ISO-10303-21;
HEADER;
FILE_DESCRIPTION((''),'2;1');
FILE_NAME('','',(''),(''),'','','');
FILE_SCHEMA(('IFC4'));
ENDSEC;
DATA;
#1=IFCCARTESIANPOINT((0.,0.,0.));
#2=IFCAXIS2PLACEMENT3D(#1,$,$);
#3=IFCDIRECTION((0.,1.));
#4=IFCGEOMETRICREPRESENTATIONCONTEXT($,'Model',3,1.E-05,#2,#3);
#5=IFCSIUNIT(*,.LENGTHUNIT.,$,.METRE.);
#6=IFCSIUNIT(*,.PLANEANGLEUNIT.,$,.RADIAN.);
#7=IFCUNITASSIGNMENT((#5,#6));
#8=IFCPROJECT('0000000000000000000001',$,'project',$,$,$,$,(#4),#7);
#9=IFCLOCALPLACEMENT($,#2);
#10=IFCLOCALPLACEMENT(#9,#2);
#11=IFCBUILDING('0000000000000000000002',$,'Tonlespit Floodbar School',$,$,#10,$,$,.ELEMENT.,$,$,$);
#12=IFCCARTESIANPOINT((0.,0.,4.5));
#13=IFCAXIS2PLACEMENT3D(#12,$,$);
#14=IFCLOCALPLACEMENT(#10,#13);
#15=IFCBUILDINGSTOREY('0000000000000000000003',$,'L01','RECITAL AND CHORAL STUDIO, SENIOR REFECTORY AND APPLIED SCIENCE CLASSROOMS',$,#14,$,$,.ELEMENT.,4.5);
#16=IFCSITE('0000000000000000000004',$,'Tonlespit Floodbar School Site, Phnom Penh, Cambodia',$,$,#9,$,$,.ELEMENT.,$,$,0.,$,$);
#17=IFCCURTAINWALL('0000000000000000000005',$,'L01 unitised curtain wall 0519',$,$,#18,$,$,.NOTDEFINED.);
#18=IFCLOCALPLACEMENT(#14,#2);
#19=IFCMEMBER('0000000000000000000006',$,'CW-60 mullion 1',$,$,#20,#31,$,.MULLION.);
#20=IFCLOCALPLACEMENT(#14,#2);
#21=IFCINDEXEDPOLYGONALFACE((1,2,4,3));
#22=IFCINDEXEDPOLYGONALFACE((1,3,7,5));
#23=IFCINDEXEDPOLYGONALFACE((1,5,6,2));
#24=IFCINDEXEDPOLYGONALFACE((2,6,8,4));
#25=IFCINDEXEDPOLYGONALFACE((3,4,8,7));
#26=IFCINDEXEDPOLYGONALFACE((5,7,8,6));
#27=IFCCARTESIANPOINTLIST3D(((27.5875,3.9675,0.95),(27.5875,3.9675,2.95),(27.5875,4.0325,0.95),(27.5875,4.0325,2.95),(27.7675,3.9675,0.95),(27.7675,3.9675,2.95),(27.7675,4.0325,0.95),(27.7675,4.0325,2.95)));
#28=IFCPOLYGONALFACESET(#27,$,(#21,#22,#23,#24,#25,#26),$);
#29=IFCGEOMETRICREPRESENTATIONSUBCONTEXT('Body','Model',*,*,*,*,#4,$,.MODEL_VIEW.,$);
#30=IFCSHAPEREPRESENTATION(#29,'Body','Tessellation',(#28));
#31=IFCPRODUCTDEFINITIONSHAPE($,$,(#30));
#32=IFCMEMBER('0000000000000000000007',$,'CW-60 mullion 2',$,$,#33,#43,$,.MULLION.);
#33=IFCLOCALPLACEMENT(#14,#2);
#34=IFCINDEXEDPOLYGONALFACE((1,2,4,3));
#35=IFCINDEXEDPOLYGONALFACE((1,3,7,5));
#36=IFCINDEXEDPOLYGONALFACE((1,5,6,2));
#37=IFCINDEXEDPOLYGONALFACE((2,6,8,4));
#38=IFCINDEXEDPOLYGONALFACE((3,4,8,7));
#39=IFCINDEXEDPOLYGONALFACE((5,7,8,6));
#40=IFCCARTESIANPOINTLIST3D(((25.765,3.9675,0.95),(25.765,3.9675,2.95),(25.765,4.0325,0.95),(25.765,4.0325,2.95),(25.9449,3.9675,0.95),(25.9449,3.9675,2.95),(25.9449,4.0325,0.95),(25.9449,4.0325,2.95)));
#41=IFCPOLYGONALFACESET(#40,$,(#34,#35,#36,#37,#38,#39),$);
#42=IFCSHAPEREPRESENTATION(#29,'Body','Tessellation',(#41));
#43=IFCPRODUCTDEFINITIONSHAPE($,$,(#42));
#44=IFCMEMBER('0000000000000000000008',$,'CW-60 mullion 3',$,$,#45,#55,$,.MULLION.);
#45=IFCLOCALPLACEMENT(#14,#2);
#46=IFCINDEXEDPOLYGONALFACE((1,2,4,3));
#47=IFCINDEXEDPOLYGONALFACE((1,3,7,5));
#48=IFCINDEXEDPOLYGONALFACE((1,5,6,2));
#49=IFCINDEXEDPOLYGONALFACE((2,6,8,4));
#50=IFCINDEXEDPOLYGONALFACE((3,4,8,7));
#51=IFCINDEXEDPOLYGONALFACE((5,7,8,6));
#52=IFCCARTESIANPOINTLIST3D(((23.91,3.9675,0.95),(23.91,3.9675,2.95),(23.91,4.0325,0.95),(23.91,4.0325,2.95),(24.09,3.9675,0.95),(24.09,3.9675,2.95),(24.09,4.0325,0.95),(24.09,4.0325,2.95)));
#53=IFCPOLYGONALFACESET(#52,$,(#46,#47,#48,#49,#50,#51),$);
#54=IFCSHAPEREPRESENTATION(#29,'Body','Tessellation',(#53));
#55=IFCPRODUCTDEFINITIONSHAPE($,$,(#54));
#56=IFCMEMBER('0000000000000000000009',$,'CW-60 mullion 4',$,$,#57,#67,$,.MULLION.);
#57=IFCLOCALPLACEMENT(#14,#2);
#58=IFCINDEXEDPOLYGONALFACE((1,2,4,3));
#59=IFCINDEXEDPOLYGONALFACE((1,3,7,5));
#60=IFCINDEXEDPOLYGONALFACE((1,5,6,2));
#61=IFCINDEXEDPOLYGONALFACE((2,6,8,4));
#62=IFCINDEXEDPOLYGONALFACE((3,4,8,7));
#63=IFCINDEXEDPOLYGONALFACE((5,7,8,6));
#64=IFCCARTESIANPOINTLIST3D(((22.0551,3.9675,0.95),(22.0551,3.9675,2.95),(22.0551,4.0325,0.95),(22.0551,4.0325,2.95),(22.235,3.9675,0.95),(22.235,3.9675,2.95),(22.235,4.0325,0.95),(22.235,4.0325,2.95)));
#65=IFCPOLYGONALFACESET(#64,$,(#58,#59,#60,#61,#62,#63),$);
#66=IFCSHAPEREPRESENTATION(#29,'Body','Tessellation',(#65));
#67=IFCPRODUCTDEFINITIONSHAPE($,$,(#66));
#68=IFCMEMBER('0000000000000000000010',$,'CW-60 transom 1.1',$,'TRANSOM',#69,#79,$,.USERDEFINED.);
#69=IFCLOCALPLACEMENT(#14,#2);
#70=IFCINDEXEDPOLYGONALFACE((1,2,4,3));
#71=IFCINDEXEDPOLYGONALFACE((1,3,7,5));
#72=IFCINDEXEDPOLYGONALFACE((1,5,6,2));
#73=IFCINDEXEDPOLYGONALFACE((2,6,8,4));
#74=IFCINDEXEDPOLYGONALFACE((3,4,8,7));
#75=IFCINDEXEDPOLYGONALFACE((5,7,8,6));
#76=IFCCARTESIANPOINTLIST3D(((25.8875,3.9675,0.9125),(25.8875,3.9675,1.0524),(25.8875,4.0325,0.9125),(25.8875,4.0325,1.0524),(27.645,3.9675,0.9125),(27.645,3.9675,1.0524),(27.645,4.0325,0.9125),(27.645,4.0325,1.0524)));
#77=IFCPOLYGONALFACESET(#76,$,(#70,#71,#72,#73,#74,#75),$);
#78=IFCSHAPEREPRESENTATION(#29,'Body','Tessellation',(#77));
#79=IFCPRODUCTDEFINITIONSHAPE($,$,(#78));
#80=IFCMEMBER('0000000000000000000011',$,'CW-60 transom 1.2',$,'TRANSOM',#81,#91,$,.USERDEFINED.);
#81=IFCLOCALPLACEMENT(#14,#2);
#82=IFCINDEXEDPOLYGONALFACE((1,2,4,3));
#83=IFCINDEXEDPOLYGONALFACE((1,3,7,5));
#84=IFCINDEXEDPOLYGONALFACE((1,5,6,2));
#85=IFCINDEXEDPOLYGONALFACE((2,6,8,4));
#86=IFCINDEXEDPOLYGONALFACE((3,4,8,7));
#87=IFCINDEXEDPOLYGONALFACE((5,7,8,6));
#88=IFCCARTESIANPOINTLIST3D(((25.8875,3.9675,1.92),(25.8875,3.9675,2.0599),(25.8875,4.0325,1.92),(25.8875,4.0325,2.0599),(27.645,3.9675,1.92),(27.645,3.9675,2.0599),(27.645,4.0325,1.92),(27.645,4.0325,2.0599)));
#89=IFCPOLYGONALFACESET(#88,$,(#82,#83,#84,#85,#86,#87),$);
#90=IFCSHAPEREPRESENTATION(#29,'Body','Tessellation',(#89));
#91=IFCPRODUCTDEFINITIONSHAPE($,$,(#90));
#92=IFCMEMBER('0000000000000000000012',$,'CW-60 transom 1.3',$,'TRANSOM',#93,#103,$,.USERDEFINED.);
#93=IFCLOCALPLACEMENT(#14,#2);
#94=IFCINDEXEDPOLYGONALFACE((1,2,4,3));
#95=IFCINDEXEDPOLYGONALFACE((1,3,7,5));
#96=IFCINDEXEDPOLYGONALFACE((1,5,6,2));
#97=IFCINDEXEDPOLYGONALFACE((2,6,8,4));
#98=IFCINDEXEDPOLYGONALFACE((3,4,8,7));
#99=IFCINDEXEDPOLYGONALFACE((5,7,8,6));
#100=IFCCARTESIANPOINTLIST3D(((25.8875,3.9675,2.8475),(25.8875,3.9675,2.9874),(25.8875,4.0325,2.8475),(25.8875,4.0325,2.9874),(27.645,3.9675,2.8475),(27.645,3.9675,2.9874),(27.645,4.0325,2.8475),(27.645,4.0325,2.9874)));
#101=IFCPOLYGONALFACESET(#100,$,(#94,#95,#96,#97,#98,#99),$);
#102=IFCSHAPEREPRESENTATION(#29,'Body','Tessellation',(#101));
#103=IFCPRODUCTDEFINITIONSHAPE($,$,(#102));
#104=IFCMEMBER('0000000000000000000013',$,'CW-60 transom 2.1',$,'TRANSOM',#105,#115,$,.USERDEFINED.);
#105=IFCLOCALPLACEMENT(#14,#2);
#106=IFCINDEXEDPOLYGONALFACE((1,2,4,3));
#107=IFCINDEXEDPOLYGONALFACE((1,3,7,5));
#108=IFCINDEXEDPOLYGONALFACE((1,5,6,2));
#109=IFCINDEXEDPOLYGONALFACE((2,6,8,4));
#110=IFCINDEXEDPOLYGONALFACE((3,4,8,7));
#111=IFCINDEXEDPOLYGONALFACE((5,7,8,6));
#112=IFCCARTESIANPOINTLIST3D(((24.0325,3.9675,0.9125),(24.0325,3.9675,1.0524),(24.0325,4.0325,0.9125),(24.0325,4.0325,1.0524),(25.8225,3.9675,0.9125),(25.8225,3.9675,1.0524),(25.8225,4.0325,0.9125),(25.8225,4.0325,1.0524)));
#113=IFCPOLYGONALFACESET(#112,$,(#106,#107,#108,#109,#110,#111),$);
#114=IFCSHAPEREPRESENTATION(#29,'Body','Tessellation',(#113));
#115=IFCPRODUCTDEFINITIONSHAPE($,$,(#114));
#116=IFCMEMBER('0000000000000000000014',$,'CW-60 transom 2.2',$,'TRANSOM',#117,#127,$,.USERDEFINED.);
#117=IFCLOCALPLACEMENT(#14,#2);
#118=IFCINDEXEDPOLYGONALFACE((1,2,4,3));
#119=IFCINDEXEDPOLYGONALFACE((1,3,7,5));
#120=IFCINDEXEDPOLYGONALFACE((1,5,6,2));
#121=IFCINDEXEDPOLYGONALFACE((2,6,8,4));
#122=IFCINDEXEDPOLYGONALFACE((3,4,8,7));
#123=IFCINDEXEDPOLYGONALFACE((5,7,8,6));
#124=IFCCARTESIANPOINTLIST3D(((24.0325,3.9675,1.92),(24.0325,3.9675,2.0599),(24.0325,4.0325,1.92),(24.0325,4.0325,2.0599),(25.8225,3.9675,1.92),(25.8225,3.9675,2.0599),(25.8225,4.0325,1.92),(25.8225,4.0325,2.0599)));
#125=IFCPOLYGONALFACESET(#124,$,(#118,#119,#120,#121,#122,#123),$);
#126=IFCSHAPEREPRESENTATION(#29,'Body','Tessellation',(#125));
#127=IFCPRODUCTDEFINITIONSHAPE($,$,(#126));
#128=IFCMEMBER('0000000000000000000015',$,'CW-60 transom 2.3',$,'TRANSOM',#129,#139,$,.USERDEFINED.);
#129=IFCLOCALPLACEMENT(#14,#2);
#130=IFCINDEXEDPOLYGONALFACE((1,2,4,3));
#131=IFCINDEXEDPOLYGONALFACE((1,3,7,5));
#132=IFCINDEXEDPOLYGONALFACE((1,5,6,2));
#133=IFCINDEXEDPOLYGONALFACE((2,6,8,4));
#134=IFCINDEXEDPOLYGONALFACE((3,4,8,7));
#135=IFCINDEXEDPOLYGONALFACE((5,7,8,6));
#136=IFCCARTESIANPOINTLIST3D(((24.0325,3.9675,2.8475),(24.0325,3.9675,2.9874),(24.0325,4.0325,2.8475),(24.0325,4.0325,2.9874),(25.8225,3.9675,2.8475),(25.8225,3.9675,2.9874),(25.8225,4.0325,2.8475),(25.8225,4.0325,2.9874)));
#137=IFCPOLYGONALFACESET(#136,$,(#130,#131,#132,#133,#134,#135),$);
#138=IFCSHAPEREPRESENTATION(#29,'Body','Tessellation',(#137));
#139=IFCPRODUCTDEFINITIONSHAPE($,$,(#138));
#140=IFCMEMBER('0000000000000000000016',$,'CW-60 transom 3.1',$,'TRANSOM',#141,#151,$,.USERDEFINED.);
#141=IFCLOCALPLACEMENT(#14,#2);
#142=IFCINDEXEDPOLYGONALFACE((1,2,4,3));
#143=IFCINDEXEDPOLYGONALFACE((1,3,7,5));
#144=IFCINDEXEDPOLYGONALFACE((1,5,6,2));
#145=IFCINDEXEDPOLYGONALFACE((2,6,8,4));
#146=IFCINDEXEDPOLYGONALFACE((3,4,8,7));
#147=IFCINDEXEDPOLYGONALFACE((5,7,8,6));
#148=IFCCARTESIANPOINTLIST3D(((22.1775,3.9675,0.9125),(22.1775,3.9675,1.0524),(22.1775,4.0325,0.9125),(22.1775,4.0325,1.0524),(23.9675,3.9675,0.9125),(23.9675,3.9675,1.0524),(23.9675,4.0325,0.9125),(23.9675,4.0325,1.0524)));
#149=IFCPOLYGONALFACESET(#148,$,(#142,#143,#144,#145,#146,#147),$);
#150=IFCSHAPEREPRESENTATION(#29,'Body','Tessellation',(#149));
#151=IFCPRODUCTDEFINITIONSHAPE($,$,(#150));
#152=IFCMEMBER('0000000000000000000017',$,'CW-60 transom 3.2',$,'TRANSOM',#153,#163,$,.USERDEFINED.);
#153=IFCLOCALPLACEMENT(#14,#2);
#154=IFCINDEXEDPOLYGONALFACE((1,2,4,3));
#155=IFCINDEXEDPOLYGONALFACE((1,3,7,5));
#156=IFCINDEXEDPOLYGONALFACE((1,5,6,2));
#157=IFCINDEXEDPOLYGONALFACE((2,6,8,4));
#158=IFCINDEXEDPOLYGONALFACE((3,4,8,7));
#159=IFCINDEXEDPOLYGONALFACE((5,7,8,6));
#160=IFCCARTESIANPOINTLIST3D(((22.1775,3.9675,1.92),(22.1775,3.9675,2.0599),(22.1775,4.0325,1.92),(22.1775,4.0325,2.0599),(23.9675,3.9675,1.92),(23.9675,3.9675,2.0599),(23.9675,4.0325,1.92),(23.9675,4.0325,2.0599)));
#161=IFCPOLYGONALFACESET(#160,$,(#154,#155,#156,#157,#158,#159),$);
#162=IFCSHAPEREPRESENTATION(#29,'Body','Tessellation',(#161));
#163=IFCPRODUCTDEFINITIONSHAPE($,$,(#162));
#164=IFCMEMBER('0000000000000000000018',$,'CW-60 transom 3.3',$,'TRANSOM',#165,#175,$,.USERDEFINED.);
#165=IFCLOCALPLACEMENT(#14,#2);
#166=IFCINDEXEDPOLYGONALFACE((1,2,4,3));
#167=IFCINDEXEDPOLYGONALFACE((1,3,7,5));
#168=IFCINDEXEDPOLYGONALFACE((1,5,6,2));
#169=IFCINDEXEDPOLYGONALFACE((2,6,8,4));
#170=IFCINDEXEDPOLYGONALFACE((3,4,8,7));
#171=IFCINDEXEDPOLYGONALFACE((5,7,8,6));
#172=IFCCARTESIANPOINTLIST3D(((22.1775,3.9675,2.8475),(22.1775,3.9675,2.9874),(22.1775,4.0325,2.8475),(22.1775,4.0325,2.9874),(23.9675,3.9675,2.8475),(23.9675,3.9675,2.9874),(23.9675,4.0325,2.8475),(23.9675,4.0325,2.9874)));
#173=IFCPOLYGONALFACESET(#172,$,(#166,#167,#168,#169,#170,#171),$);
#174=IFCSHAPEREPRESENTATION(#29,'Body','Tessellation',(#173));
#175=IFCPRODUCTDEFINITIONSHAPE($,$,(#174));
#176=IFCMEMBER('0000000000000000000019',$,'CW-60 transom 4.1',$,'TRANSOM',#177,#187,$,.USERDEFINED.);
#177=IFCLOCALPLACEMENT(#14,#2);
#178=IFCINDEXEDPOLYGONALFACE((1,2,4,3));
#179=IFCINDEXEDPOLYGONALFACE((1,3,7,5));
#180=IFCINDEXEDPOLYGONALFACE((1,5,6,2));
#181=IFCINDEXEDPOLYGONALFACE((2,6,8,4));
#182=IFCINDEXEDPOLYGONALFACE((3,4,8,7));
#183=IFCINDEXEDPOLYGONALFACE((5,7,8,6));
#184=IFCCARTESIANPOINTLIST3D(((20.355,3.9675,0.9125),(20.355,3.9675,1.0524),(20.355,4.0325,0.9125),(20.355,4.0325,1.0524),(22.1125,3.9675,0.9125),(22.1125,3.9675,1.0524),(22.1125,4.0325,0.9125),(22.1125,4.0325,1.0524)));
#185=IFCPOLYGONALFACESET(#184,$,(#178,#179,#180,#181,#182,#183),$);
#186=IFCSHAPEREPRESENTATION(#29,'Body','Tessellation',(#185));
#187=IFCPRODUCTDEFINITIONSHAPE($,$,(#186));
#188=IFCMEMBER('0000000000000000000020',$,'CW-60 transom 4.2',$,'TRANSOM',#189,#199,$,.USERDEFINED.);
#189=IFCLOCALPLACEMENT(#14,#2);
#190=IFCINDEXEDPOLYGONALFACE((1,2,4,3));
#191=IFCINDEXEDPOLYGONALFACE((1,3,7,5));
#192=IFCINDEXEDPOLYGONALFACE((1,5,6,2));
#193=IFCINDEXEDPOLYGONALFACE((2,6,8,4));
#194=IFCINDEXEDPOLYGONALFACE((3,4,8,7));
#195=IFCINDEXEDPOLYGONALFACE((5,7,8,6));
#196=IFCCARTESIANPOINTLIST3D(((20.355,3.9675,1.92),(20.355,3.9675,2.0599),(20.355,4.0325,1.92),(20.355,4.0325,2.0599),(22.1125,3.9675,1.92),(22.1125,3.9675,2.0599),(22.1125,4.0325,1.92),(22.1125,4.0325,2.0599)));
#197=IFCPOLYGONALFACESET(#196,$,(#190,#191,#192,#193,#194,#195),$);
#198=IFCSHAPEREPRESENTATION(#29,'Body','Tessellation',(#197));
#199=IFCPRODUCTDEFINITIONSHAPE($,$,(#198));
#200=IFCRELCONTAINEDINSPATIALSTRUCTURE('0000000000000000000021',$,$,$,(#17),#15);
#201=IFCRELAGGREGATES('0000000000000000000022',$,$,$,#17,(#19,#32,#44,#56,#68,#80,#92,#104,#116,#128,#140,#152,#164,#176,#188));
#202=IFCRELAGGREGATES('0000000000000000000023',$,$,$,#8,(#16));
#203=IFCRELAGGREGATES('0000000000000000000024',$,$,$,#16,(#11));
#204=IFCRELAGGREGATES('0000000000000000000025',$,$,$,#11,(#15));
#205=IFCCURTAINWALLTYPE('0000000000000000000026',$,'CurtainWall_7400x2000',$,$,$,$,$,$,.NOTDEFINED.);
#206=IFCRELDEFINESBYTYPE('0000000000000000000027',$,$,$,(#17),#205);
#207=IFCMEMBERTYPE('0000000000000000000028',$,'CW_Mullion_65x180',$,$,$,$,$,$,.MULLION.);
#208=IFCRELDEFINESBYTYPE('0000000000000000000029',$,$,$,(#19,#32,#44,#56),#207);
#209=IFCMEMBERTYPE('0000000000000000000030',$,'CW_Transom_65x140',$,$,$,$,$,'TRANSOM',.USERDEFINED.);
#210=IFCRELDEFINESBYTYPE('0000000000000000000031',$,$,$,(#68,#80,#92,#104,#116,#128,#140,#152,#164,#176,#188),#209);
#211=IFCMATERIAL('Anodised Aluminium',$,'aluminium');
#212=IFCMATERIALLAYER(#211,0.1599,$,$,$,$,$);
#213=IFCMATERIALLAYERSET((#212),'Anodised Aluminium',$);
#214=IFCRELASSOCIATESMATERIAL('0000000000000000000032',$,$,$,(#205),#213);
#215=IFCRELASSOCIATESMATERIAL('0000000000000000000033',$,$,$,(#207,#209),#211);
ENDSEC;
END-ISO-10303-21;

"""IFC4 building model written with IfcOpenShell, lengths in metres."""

from ifc_helpers import new_model, si_unit, direction, frame, origin, origin_2d, place, context, subcontext, project, spatial, rectangle, extrude, material, layer, layer_set, material_profile, profile_set, type_object, element, aggregate, save


model = new_model("IFC4")

# Units and contexts
model_context = context("Model", 3, precision=1e-05, world=origin(), true_north=direction((0.0, 1.0)))
body_context = subcontext(model_context, "Body", "Model", "MODEL_VIEW")
ifc_project = project(units=[si_unit("LENGTHUNIT", "METRE"), si_unit("PLANEANGLEUNIT", "RADIAN")], contexts=[model_context])

# Site, building, storey
site_placement = place(None, origin())
site = spatial("IfcSite", under=ifc_project, at=site_placement, Name="Tonlespit Floodbar School Site, Phnom Penh, Cambodia", CompositionType="ELEMENT", RefElevation=0.0)
building_placement = place(site_placement, origin())
building = spatial("IfcBuilding", under=site, at=building_placement, Name="Tonlespit Floodbar School", CompositionType="ELEMENT")
storey_placement = place(building_placement, frame((0.0, 0.0, 4.5)))
storey = spatial("IfcBuildingStorey", under=building, at=storey_placement, Name="L01", Description="RECITAL AND CHORAL STUDIO, SENIOR REFECTORY AND APPLIED SCIENCE CLASSROOMS", CompositionType="ELEMENT", Elevation=4.5)

# Curtain wall, members
ifc_material_1 = material(Name="Anodised Aluminium", Category="aluminium")
ifc_layer_1 = layer(ifc_material_1, 0.1599)
ifc_layer_set_1 = layer_set([ifc_layer_1], Name="Anodised Aluminium")
curtain_wall_type = type_object("IfcCurtainWallType", Name="CurtainWall_7400x2000", PredefinedType="NOTDEFINED", material=ifc_layer_set_1)
curtain_wall_placement = place(storey_placement, origin())
curtain_wall = element("IfcCurtainWall", 1, at=curtain_wall_placement, inside=storey, type_object=curtain_wall_type, Name="L01 unitised curtain wall 0519", PredefinedType="NOTDEFINED")
ifc_material_profile_1 = material_profile(ifc_material_1, rectangle(XDim=0.0649, YDim=0.1799, at=origin_2d()), Name="ALU M65x180")
ifc_profile_set_1 = profile_set([ifc_material_profile_1], Name="Anodised Aluminium")
member_type_1 = type_object("IfcMemberType", Name="CW_Mullion_65x180", PredefinedType="MULLION", material=ifc_profile_set_1)
member_1_placement = place(storey_placement, frame((27.6775, 4.0, 0.95), z_axis=(0.0, 0.0, 1.0), x_axis=(0.0, -1.0, 0.0)))
member_1 = element("IfcMember", 2, at=member_1_placement, type_object=member_type_1, Name="CW-60 mullion 1", PredefinedType="MULLION", context=body_context, shape_type="SweptSolid", body=[
    extrude(rectangle(XDim=0.0649, YDim=0.1799, at=origin_2d()), origin(), (0.0, 0.0, 1.0), 2.0),
])
member_2_placement = place(storey_placement, frame((25.855, 4.0, 0.95), z_axis=(0.0, 0.0, 1.0), x_axis=(0.0, -1.0, 0.0)))
member_2 = element("IfcMember", 3, at=member_2_placement, type_object=member_type_1, Name="CW-60 mullion 2", PredefinedType="MULLION", context=body_context, shape_type="SweptSolid", body=[
    extrude(rectangle(XDim=0.0649, YDim=0.1799, at=origin_2d()), origin(), (0.0, 0.0, 1.0), 2.0),
])
member_3_placement = place(storey_placement, frame((24.0, 4.0, 0.95), z_axis=(0.0, 0.0, 1.0), x_axis=(0.0, -1.0, 0.0)))
member_3 = element("IfcMember", 4, at=member_3_placement, type_object=member_type_1, Name="CW-60 mullion 3", PredefinedType="MULLION", context=body_context, shape_type="SweptSolid", body=[
    extrude(rectangle(XDim=0.0649, YDim=0.1799, at=origin_2d()), origin(), (0.0, 0.0, 1.0), 2.0),
])
member_4_placement = place(storey_placement, frame((22.145, 4.0, 0.95), z_axis=(0.0, 0.0, 1.0), x_axis=(0.0, -1.0, 0.0)))
member_4 = element("IfcMember", 5, at=member_4_placement, type_object=member_type_1, Name="CW-60 mullion 4", PredefinedType="MULLION", context=body_context, shape_type="SweptSolid", body=[
    extrude(rectangle(XDim=0.0649, YDim=0.1799, at=origin_2d()), origin(), (0.0, 0.0, 1.0), 2.0),
])
ifc_material_profile_2 = material_profile(ifc_material_1, rectangle(XDim=0.0649, YDim=0.1399, at=origin_2d()), Name="ALU T65x140")
ifc_profile_set_2 = profile_set([ifc_material_profile_2], Name="Anodised Aluminium")
member_type_2 = type_object("IfcMemberType", Name="CW_Transom_65x140", ElementType="TRANSOM", PredefinedType="USERDEFINED", material=ifc_profile_set_2)
member_5_placement = place(storey_placement, frame((27.645, 4.0, 0.9824), z_axis=(-1.0, 0.0, 0.0), x_axis=(0.0, -1.0, 0.0)))
member_5 = element("IfcMember", 6, at=member_5_placement, type_object=member_type_2, Name="CW-60 transom 1.1", ObjectType="TRANSOM", PredefinedType="USERDEFINED", context=body_context, shape_type="SweptSolid", body=[
    extrude(rectangle(XDim=0.0649, YDim=0.1399, at=origin_2d()), origin(), (0.0, 0.0, 1.0), 1.7576),
])
member_6_placement = place(storey_placement, frame((27.645, 4.0, 1.99), z_axis=(-1.0, 0.0, 0.0), x_axis=(0.0, -1.0, 0.0)))
member_6 = element("IfcMember", 7, at=member_6_placement, type_object=member_type_2, Name="CW-60 transom 1.2", ObjectType="TRANSOM", PredefinedType="USERDEFINED", context=body_context, shape_type="SweptSolid", body=[
    extrude(rectangle(XDim=0.0649, YDim=0.1399, at=origin_2d()), origin(), (0.0, 0.0, 1.0), 1.7576),
])
member_7_placement = place(storey_placement, frame((27.645, 4.0, 2.9175), z_axis=(-1.0, 0.0, 0.0), x_axis=(0.0, -1.0, 0.0)))
member_7 = element("IfcMember", 8, at=member_7_placement, type_object=member_type_2, Name="CW-60 transom 1.3", ObjectType="TRANSOM", PredefinedType="USERDEFINED", context=body_context, shape_type="SweptSolid", body=[
    extrude(rectangle(XDim=0.0649, YDim=0.1399, at=origin_2d()), origin(), (0.0, 0.0, 1.0), 1.7576),
])
member_8_placement = place(storey_placement, frame((25.8225, 4.0, 0.9824), z_axis=(-1.0, 0.0, 0.0), x_axis=(0.0, -1.0, 0.0)))
member_8 = element("IfcMember", 9, at=member_8_placement, type_object=member_type_2, Name="CW-60 transom 2.1", ObjectType="TRANSOM", PredefinedType="USERDEFINED", context=body_context, shape_type="SweptSolid", body=[
    extrude(rectangle(XDim=0.0649, YDim=0.1399, at=origin_2d()), origin(), (0.0, 0.0, 1.0), 1.79),
])
member_9_placement = place(storey_placement, frame((25.8225, 4.0, 1.99), z_axis=(-1.0, 0.0, 0.0), x_axis=(0.0, -1.0, 0.0)))
member_9 = element("IfcMember", 10, at=member_9_placement, type_object=member_type_2, Name="CW-60 transom 2.2", ObjectType="TRANSOM", PredefinedType="USERDEFINED", context=body_context, shape_type="SweptSolid", body=[
    extrude(rectangle(XDim=0.0649, YDim=0.1399, at=origin_2d()), origin(), (0.0, 0.0, 1.0), 1.79),
])
member_10_placement = place(storey_placement, frame((25.8225, 4.0, 2.9175), z_axis=(-1.0, 0.0, 0.0), x_axis=(0.0, -1.0, 0.0)))
member_10 = element("IfcMember", 11, at=member_10_placement, type_object=member_type_2, Name="CW-60 transom 2.3", ObjectType="TRANSOM", PredefinedType="USERDEFINED", context=body_context, shape_type="SweptSolid", body=[
    extrude(rectangle(XDim=0.0649, YDim=0.1399, at=origin_2d()), origin(), (0.0, 0.0, 1.0), 1.79),
])
member_11_placement = place(storey_placement, frame((23.9675, 4.0, 0.9824), z_axis=(-1.0, 0.0, 0.0), x_axis=(0.0, -1.0, 0.0)))
member_11 = element("IfcMember", 12, at=member_11_placement, type_object=member_type_2, Name="CW-60 transom 3.1", ObjectType="TRANSOM", PredefinedType="USERDEFINED", context=body_context, shape_type="SweptSolid", body=[
    extrude(rectangle(XDim=0.0649, YDim=0.1399, at=origin_2d()), origin(), (0.0, 0.0, 1.0), 1.79),
])
member_12_placement = place(storey_placement, frame((23.9675, 4.0, 1.99), z_axis=(-1.0, 0.0, 0.0), x_axis=(0.0, -1.0, 0.0)))
member_12 = element("IfcMember", 13, at=member_12_placement, type_object=member_type_2, Name="CW-60 transom 3.2", ObjectType="TRANSOM", PredefinedType="USERDEFINED", context=body_context, shape_type="SweptSolid", body=[
    extrude(rectangle(XDim=0.0649, YDim=0.1399, at=origin_2d()), origin(), (0.0, 0.0, 1.0), 1.79),
])
member_13_placement = place(storey_placement, frame((23.9675, 4.0, 2.9175), z_axis=(-1.0, 0.0, 0.0), x_axis=(0.0, -1.0, 0.0)))
member_13 = element("IfcMember", 14, at=member_13_placement, type_object=member_type_2, Name="CW-60 transom 3.3", ObjectType="TRANSOM", PredefinedType="USERDEFINED", context=body_context, shape_type="SweptSolid", body=[
    extrude(rectangle(XDim=0.0649, YDim=0.1399, at=origin_2d()), origin(), (0.0, 0.0, 1.0), 1.79),
])
member_14_placement = place(storey_placement, frame((22.1125, 4.0, 0.9824), z_axis=(-1.0, 0.0, 0.0), x_axis=(0.0, -1.0, 0.0)))
member_14 = element("IfcMember", 15, at=member_14_placement, type_object=member_type_2, Name="CW-60 transom 4.1", ObjectType="TRANSOM", PredefinedType="USERDEFINED", context=body_context, shape_type="SweptSolid", body=[
    extrude(rectangle(XDim=0.0649, YDim=0.1399, at=origin_2d()), origin(), (0.0, 0.0, 1.0), 1.7576),
])
member_15_placement = place(storey_placement, frame((22.1125, 4.0, 1.99), z_axis=(-1.0, 0.0, 0.0), x_axis=(0.0, -1.0, 0.0)))
member_15 = element("IfcMember", 16, at=member_15_placement, type_object=member_type_2, Name="CW-60 transom 4.2", ObjectType="TRANSOM", PredefinedType="USERDEFINED", context=body_context, shape_type="SweptSolid", body=[
    extrude(rectangle(XDim=0.0649, YDim=0.1399, at=origin_2d()), origin(), (0.0, 0.0, 1.0), 1.7576),
])

aggregate(curtain_wall, [member_1, member_2, member_3, member_4, member_5, member_6, member_7, member_8, member_9, member_10, member_11, member_12, member_13, member_14, member_15])

save(model, "model.ifc")
